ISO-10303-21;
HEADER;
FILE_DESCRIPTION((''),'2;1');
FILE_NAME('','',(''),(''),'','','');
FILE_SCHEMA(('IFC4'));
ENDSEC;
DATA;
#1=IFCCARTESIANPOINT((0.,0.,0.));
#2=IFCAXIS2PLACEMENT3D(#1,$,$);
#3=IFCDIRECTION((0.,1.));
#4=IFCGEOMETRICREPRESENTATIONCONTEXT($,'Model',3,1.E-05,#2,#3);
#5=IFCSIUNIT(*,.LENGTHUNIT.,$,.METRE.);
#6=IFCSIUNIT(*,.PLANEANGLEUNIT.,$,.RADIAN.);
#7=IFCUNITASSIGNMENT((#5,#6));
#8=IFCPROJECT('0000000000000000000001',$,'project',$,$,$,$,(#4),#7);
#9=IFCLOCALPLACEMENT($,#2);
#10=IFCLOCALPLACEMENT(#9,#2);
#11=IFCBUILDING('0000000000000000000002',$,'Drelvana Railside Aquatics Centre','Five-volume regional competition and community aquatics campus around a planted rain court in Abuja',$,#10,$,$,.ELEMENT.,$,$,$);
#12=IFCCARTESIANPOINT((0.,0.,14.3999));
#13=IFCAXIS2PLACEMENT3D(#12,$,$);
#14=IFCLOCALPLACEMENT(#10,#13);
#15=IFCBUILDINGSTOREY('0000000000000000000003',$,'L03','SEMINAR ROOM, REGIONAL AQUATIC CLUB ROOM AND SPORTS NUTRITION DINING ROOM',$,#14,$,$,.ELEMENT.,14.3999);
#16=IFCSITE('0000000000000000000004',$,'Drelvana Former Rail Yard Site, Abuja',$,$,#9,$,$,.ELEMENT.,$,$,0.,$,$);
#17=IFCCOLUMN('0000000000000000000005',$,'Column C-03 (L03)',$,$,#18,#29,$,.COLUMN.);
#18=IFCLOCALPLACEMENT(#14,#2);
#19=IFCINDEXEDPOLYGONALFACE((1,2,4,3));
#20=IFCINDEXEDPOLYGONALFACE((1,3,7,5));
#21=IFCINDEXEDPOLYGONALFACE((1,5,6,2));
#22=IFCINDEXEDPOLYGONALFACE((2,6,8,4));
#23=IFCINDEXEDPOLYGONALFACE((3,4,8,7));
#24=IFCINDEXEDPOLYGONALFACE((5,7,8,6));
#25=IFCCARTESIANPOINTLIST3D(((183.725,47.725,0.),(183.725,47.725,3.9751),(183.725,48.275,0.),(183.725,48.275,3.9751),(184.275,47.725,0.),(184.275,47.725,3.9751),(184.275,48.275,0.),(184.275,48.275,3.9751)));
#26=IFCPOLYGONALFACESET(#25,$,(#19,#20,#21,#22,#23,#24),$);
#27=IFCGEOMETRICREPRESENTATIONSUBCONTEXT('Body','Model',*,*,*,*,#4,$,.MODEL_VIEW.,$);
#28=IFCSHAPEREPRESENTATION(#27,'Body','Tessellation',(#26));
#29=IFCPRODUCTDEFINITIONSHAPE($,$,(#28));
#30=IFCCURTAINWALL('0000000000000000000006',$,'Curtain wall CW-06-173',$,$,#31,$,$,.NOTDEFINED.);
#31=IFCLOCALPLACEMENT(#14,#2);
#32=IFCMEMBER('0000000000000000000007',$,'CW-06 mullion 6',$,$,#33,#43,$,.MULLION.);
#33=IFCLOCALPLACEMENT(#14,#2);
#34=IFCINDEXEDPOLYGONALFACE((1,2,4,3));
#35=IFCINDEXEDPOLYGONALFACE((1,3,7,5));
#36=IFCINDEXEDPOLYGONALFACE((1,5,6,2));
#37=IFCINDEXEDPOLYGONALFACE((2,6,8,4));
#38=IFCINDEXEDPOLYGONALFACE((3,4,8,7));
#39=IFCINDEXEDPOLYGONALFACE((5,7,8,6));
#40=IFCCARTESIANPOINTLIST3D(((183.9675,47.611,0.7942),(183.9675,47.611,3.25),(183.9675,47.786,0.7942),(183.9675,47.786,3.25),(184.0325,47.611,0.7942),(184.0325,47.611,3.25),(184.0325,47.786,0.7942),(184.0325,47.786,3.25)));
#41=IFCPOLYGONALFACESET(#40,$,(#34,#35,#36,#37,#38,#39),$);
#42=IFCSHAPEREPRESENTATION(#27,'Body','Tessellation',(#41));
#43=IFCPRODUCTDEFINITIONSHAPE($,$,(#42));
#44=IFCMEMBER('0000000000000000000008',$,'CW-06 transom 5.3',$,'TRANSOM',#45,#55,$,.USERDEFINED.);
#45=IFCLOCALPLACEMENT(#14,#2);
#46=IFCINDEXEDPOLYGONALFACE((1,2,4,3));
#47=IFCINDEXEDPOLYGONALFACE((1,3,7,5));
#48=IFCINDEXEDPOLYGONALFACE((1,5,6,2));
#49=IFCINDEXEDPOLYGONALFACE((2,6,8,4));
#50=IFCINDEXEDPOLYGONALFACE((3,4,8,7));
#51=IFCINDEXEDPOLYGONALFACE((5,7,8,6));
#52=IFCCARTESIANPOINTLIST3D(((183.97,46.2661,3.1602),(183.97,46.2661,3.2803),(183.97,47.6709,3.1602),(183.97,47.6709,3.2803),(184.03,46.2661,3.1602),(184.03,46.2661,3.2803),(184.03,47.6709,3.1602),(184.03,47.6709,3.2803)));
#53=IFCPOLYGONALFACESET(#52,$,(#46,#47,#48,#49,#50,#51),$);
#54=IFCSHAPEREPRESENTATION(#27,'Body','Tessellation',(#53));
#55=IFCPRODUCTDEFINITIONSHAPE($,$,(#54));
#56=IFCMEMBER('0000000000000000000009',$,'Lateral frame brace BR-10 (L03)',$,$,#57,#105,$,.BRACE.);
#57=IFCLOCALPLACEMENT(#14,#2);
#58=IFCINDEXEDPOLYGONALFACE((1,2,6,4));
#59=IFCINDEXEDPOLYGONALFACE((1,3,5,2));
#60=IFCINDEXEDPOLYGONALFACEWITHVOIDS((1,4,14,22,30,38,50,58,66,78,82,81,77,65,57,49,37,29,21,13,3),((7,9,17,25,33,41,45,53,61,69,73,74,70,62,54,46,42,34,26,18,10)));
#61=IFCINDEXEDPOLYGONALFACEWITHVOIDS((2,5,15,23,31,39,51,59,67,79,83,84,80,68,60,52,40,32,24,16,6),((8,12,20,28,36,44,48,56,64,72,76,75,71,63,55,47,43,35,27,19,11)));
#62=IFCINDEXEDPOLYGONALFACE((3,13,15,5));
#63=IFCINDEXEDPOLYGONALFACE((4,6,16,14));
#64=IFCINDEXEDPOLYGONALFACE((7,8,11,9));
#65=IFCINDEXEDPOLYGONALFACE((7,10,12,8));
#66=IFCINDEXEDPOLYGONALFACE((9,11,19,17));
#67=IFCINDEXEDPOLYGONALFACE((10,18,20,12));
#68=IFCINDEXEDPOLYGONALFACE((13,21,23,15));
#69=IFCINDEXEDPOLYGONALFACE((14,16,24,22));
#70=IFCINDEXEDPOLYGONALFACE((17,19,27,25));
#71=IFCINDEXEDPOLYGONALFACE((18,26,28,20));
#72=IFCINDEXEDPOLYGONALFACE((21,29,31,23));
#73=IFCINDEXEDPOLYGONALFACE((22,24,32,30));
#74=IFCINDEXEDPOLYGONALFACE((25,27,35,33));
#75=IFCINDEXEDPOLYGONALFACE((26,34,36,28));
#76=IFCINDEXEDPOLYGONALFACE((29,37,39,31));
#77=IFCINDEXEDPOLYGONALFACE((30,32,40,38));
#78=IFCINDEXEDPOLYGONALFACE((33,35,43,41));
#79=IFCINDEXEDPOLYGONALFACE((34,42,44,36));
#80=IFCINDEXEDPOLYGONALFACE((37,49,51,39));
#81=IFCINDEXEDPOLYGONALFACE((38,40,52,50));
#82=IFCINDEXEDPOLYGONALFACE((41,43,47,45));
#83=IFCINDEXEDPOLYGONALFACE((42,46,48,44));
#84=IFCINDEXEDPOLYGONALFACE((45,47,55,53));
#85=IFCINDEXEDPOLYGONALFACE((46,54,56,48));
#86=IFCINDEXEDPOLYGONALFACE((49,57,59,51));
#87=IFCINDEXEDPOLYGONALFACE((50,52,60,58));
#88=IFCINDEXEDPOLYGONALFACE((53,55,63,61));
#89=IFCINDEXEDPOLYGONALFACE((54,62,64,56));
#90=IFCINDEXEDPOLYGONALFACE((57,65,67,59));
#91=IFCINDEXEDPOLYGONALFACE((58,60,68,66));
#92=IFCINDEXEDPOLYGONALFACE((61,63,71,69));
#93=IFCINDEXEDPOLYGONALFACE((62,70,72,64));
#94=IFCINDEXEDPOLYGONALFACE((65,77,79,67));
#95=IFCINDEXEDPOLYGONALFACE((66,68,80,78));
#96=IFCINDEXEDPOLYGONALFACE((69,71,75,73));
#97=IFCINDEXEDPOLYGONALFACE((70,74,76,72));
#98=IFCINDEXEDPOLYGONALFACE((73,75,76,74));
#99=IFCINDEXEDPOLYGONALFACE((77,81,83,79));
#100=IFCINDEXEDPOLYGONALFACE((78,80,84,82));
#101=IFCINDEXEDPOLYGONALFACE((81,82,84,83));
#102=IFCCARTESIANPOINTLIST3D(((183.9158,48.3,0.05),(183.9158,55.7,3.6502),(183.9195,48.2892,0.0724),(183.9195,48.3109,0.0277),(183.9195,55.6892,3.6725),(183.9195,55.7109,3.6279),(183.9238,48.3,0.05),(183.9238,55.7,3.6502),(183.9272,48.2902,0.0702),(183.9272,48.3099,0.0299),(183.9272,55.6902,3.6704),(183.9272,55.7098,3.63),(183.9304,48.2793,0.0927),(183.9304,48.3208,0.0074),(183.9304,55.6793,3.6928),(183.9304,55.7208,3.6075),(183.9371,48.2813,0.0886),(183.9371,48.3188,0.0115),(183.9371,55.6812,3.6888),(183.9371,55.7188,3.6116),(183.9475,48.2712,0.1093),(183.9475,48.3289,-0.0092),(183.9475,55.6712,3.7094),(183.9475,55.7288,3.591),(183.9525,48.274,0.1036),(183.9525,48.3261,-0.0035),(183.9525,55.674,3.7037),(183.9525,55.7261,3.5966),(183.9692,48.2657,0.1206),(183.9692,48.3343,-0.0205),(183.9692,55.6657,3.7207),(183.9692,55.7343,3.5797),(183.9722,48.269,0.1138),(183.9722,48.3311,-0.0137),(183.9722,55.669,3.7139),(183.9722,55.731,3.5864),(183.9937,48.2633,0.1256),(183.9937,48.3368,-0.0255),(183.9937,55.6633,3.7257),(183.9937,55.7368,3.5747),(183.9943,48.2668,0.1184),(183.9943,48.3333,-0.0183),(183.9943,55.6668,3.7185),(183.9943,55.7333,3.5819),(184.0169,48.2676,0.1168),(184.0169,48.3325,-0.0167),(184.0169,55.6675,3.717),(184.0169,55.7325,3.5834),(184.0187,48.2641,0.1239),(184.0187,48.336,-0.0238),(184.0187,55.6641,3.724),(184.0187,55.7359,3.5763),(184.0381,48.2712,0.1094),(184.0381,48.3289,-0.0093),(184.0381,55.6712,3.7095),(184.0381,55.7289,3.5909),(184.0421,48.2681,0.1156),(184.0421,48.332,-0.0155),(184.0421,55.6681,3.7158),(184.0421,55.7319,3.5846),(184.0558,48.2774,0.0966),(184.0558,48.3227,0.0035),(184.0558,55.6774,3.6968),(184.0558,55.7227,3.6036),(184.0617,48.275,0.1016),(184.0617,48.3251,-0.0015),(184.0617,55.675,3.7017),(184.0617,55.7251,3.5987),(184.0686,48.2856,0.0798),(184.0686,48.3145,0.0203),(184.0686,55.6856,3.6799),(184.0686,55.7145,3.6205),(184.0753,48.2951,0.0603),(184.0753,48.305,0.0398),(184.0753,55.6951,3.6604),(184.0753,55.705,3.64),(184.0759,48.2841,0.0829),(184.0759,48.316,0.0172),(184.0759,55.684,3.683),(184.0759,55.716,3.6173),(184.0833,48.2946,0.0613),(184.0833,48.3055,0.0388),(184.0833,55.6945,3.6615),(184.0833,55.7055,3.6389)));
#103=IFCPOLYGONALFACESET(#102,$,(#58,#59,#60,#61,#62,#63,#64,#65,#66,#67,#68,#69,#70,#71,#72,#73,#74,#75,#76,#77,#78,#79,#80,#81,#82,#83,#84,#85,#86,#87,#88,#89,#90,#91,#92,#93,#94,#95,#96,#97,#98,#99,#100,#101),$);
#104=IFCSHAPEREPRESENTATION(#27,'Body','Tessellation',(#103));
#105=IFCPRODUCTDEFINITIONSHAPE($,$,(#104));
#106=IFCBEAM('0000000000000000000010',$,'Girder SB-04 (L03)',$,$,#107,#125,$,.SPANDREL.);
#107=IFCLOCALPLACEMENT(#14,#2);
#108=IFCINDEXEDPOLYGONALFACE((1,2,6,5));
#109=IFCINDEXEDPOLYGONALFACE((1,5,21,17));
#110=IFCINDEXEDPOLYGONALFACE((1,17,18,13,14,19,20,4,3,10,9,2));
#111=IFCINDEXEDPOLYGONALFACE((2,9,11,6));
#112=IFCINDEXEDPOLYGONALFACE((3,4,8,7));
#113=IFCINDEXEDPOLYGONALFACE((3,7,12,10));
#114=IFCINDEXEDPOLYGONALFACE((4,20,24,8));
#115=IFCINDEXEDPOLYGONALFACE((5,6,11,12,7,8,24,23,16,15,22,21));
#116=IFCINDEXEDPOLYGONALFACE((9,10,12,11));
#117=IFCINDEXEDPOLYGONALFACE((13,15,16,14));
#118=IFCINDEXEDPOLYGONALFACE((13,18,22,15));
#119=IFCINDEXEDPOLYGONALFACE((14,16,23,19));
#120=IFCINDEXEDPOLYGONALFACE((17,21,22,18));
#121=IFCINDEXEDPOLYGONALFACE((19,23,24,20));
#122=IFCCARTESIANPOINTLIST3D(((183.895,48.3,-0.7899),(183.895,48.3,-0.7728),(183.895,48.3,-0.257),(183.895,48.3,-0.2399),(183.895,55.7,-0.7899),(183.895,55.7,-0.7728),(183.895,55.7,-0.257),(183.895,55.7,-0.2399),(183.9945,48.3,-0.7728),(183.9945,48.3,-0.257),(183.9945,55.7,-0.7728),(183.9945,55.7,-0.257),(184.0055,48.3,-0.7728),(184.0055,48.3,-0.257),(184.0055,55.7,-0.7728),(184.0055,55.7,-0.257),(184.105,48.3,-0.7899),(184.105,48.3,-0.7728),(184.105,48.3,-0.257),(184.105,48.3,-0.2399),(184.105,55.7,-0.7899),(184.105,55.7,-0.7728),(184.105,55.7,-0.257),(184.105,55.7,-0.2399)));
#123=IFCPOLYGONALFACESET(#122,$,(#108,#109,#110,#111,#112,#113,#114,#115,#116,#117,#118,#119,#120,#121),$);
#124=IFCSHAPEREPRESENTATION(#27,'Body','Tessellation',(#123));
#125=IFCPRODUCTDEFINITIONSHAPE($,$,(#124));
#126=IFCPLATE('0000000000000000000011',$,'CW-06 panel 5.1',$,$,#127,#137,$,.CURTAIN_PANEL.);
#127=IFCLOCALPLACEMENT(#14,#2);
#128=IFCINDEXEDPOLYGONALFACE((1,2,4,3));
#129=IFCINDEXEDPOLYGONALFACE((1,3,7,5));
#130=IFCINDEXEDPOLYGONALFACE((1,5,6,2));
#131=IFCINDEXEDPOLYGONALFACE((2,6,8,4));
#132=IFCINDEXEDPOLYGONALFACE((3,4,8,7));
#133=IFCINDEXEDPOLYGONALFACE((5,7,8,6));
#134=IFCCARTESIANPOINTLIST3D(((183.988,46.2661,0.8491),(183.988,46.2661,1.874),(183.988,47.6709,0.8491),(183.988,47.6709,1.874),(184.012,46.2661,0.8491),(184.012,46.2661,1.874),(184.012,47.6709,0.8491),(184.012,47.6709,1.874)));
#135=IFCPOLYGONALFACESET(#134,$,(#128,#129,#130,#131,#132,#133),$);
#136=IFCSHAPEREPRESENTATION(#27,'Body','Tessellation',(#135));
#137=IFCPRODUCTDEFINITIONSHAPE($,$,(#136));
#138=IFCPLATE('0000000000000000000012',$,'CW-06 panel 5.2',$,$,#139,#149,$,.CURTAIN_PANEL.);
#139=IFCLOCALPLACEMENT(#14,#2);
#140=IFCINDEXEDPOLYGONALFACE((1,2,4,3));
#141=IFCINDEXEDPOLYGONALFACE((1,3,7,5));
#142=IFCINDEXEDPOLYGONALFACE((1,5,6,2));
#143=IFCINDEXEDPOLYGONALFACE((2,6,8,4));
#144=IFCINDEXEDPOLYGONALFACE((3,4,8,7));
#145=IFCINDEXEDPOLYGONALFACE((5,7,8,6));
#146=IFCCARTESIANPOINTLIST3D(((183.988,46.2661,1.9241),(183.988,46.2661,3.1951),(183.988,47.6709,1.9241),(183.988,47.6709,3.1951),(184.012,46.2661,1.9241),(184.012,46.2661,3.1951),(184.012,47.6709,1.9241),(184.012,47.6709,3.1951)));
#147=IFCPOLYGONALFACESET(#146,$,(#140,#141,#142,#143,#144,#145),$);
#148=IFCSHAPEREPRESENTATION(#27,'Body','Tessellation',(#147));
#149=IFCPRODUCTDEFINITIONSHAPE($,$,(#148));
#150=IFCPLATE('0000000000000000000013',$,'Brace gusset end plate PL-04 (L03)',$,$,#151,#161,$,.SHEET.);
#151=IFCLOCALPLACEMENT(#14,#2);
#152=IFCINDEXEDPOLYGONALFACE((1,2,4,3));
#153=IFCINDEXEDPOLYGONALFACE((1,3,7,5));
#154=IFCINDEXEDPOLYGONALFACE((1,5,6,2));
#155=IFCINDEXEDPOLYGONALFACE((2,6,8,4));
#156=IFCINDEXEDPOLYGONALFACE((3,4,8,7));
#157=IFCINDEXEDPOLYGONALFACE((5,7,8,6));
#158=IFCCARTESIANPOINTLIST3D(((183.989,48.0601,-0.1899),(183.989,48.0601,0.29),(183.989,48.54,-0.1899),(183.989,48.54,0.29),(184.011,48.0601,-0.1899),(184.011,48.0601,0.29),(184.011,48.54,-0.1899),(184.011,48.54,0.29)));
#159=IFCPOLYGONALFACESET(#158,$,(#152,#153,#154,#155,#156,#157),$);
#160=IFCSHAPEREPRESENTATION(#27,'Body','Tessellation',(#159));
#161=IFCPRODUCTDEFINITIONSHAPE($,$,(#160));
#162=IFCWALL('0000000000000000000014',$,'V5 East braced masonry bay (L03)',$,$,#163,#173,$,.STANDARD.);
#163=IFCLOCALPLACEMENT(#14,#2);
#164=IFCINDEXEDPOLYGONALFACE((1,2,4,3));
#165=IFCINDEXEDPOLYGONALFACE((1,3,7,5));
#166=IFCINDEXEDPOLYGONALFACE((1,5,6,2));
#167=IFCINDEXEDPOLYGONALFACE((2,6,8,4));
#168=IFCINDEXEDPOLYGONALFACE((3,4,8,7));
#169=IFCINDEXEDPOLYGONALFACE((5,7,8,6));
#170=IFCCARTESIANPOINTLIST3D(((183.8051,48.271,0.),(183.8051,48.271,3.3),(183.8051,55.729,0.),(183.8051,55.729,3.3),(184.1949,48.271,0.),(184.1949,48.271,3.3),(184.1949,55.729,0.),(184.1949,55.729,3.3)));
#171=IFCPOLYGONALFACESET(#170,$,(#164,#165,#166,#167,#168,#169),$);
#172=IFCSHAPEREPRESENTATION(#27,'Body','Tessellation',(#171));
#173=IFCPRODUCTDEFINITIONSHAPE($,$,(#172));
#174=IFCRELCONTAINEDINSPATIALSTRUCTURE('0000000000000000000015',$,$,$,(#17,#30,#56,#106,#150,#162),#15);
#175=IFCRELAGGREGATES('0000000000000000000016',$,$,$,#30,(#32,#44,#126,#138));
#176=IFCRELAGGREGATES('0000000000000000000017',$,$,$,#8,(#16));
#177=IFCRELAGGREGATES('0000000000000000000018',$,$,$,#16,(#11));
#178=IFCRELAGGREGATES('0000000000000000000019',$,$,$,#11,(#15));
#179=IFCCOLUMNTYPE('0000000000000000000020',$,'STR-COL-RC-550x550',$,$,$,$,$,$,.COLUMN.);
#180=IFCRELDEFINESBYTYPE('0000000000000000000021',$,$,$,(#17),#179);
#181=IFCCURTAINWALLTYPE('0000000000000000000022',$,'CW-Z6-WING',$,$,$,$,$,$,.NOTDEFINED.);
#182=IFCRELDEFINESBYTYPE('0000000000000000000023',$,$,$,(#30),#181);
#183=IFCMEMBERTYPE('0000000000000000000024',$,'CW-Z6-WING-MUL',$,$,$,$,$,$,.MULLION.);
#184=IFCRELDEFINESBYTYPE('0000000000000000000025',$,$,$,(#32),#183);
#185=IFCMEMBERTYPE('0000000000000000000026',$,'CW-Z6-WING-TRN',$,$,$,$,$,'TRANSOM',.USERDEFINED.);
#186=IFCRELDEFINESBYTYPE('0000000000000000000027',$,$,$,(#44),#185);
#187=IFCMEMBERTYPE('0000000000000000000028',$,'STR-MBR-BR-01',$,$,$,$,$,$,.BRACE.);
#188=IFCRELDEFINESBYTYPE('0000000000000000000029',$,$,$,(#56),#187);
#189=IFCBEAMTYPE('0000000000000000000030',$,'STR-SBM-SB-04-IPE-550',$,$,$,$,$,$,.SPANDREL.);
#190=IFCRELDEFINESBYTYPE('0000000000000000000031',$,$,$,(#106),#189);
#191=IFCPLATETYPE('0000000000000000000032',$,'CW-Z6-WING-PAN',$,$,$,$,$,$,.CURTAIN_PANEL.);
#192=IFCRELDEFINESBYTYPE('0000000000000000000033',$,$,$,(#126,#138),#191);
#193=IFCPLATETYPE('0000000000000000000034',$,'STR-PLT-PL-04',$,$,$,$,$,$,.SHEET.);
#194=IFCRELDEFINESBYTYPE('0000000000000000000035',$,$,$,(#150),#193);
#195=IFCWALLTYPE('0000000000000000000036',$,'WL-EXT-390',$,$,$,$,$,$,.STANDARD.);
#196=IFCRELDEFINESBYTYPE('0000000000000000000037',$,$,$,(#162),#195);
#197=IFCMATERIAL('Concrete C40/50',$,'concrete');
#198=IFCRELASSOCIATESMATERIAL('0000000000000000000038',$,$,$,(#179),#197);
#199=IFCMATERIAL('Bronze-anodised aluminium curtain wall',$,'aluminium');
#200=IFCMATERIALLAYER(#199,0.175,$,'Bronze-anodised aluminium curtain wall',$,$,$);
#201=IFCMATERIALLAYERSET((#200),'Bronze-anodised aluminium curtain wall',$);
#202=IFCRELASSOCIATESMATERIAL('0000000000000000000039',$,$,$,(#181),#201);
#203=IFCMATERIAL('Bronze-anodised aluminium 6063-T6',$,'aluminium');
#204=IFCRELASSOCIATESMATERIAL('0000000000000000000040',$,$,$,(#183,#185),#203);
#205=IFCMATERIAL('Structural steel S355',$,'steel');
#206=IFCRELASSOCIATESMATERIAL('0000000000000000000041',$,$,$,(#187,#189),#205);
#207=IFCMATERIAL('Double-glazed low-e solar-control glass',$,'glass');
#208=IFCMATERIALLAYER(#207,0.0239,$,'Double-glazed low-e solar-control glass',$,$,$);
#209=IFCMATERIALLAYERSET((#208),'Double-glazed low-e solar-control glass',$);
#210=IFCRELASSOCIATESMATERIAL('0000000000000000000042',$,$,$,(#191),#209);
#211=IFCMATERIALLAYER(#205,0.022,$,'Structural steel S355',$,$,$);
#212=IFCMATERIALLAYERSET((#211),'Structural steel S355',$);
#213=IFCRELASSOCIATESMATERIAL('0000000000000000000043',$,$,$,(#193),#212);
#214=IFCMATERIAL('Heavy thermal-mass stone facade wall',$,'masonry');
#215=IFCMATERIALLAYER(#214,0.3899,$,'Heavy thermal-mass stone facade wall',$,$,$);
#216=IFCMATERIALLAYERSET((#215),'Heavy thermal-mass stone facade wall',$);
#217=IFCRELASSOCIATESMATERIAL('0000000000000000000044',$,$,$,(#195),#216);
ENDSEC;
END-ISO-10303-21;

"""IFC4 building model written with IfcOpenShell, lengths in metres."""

from ifc_helpers import new_model, si_unit, direction, frame, frame_2d, origin, origin_2d, place, context, subcontext, project, spatial, rectangle, hollow_circle, i_section, extrude, material, layer, layer_set, material_profile, profile_set, type_object, element, aggregate, save


model = new_model("IFC4")

# Units and contexts
model_context = context("Model", 3, precision=1e-05, world=origin(), true_north=direction((0.0, 1.0)))
body_context = subcontext(model_context, "Body", "Model", "MODEL_VIEW")
ifc_project = project(units=[si_unit("LENGTHUNIT", "METRE"), si_unit("PLANEANGLEUNIT", "RADIAN")], contexts=[model_context])

# Site, building, storey
site_placement = place(None, origin())
site = spatial("IfcSite", under=ifc_project, at=site_placement, Name="Drelvana Former Rail Yard Site, Abuja", CompositionType="ELEMENT", RefElevation=0.0)
building_placement = place(site_placement, origin())
building = spatial("IfcBuilding", under=site, at=building_placement, Name="Drelvana Railside Aquatics Centre", Description="Five-volume regional competition and community aquatics campus around a planted rain court in Abuja", CompositionType="ELEMENT")
storey_placement = place(building_placement, frame((0.0, 0.0, 14.3999)))
storey = spatial("IfcBuildingStorey", under=building, at=storey_placement, Name="L03", Description="SEMINAR ROOM, REGIONAL AQUATIC CLUB ROOM AND SPORTS NUTRITION DINING ROOM", CompositionType="ELEMENT", Elevation=14.3999)

# Column
ifc_material_1 = material(Name="Concrete C40/50", Category="concrete")
ifc_material_profile_1 = material_profile(ifc_material_1, rectangle(XDim=0.55, YDim=0.55, at=origin_2d()), Name="RC 550x550")
ifc_profile_set_1 = profile_set([ifc_material_profile_1], Name="Concrete C40/50")
column_type = type_object("IfcColumnType", Name="STR-COL-RC-550x550", PredefinedType="COLUMN", material=ifc_profile_set_1)
column_placement = place(storey_placement, frame((184.0, 48.0, 0.0), z_axis=(0.0, 0.0, 1.0), x_axis=(1.0, 0.0, 0.0)))
element("IfcColumn", 1, at=column_placement, inside=storey, type_object=column_type, Name="Column C-03 (L03)", PredefinedType="COLUMN", context=body_context, shape_type="SweptSolid", body=[
    extrude(rectangle(XDim=0.55, YDim=0.55, at=origin_2d()), origin(), (0.0, 0.0, 1.0), 3.9751),
])

# Curtain wall, members
ifc_material_2 = material(Name="Bronze-anodised aluminium curtain wall", Category="aluminium")
ifc_layer_1 = layer(ifc_material_2, 0.175, Name="Bronze-anodised aluminium curtain wall")
ifc_layer_set_1 = layer_set([ifc_layer_1], Name="Bronze-anodised aluminium curtain wall")
curtain_wall_type = type_object("IfcCurtainWallType", Name="CW-Z6-WING", PredefinedType="NOTDEFINED", material=ifc_layer_set_1)
curtain_wall_placement = place(storey_placement, origin())
curtain_wall = element("IfcCurtainWall", 2, at=curtain_wall_placement, inside=storey, type_object=curtain_wall_type, Name="Curtain wall CW-06-173", PredefinedType="NOTDEFINED")
ifc_material_3 = material(Name="Bronze-anodised aluminium 6063-T6", Category="aluminium")
ifc_material_profile_2 = material_profile(ifc_material_3, rectangle(XDim=0.0649, YDim=0.175, at=origin_2d()), Name="ALU-M 65x175")
ifc_profile_set_2 = profile_set([ifc_material_profile_2], Name="Bronze-anodised aluminium 6063-T6")
member_type_1 = type_object("IfcMemberType", Name="CW-Z6-WING-MUL", PredefinedType="MULLION", material=ifc_profile_set_2)
member_1_placement = place(storey_placement, frame((184.0, 47.6985, 0.7942), z_axis=(0.0, 0.0, 1.0), x_axis=(-1.0, 0.0, 0.0)))
member_1 = element("IfcMember", 3, at=member_1_placement, type_object=member_type_1, Name="CW-06 mullion 6", PredefinedType="MULLION", context=body_context, shape_type="SweptSolid", body=[
    extrude(rectangle(XDim=0.0649, YDim=0.175, at=origin_2d()), origin(), (0.0, 0.0, 1.0), 2.4558),
])
ifc_material_profile_3 = material_profile(ifc_material_3, rectangle(XDim=0.1201, YDim=0.0601, at=origin_2d()), Name="ALU-T 60x120")
ifc_profile_set_3 = profile_set([ifc_material_profile_3], Name="Bronze-anodised aluminium 6063-T6")
member_type_2 = type_object("IfcMemberType", Name="CW-Z6-WING-TRN", ElementType="TRANSOM", PredefinedType="USERDEFINED", material=ifc_profile_set_3)
member_2_placement = place(storey_placement, frame((184.0, 46.2661, 3.2202), z_axis=(0.0, 1.0, 0.0), x_axis=(0.0, 0.0, 1.0)))
member_2 = element("IfcMember", 4, at=member_2_placement, type_object=member_type_2, Name="CW-06 transom 5.3", ObjectType="TRANSOM", PredefinedType="USERDEFINED", context=body_context, shape_type="SweptSolid", body=[
    extrude(rectangle(XDim=0.1201, YDim=0.0601, at=origin_2d()), origin(), (0.0, 0.0, 1.0), 1.4048),
])

# Member
ifc_material_4 = material(Name="Structural steel S355", Category="steel")
ifc_material_profile_4 = material_profile(ifc_material_4, hollow_circle(Radius=0.0842, WallThickness=0.0081, at=origin_2d()), Name="CHS 168.3x8")
ifc_profile_set_4 = profile_set([ifc_material_profile_4], Name="Structural steel S355")
member_type_3 = type_object("IfcMemberType", Name="STR-MBR-BR-01", PredefinedType="BRACE", material=ifc_profile_set_4)
member_3_placement = place(storey_placement, frame((184.0, 48.3, 0.05), z_axis=(0.0, 0.899228, 0.43748), x_axis=(-1.0, 0.0, 0.0)))
element("IfcMember", 5, at=member_3_placement, inside=storey, type_object=member_type_3, Name="Lateral frame brace BR-10 (L03)", PredefinedType="BRACE", context=body_context, shape_type="SweptSolid", body=[
    extrude(hollow_circle(Radius=0.0842, WallThickness=0.0081, at=origin_2d()), origin(), (0.0, 0.0, 1.0), 8.2292),
])

# Beam
ifc_material_profile_5 = material_profile(ifc_material_4, i_section(OverallWidth=0.21, OverallDepth=0.55, WebThickness=0.011, FlangeThickness=0.0171, at=origin_2d()), Name="IPE 550")
ifc_profile_set_5 = profile_set([ifc_material_profile_5], Name="Structural steel S355")
beam_type = type_object("IfcBeamType", Name="STR-SBM-SB-04-IPE-550", PredefinedType="SPANDREL", material=ifc_profile_set_5)
beam_placement = place(storey_placement, frame((184.0, 48.3, -0.5149), z_axis=(0.0, 1.0, 0.0), x_axis=(-1.0, 0.0, 0.0)))
element("IfcBeam", 6, at=beam_placement, inside=storey, type_object=beam_type, Name="Girder SB-04 (L03)", PredefinedType="SPANDREL", context=body_context, shape_type="SweptSolid", body=[
    extrude(i_section(OverallWidth=0.21, OverallDepth=0.55, WebThickness=0.011, FlangeThickness=0.0171, at=origin_2d()), origin(), (0.0, 0.0, 1.0), 7.3999),
])

# Plates
ifc_material_5 = material(Name="Double-glazed low-e solar-control glass", Category="glass")
ifc_layer_2 = layer(ifc_material_5, 0.0239, Name="Double-glazed low-e solar-control glass")
ifc_layer_set_2 = layer_set([ifc_layer_2], Name="Double-glazed low-e solar-control glass")
plate_type_1 = type_object("IfcPlateType", Name="CW-Z6-WING-PAN", PredefinedType="CURTAIN_PANEL", material=ifc_layer_set_2)
plate_1_placement = place(storey_placement, frame((184.0, 46.9685, 0.8491), z_axis=(0.0, 0.0, 1.0), x_axis=(0.0, 1.0, 0.0)))
plate_1 = element("IfcPlate", 7, at=plate_1_placement, type_object=plate_type_1, Name="CW-06 panel 5.1", PredefinedType="CURTAIN_PANEL", context=body_context, shape_type="SweptSolid", body=[
    extrude(rectangle(XDim=1.4048, YDim=0.0239, at=origin_2d()), origin(), (0.0, 0.0, 1.0), 1.0249),
])
plate_2_placement = place(storey_placement, frame((184.0, 46.9685, 1.9241), z_axis=(0.0, 0.0, 1.0), x_axis=(0.0, 1.0, 0.0)))
plate_2 = element("IfcPlate", 8, at=plate_2_placement, type_object=plate_type_1, Name="CW-06 panel 5.2", PredefinedType="CURTAIN_PANEL", context=body_context, shape_type="SweptSolid", body=[
    extrude(rectangle(XDim=1.4048, YDim=0.0239, at=origin_2d()), origin(), (0.0, 0.0, 1.0), 1.271),
])
aggregate(curtain_wall, [member_1, member_2, plate_1, plate_2])
ifc_layer_3 = layer(ifc_material_4, 0.022, Name="Structural steel S355")
ifc_layer_set_3 = layer_set([ifc_layer_3], Name="Structural steel S355")
plate_type_2 = type_object("IfcPlateType", Name="STR-PLT-PL-04", PredefinedType="SHEET", material=ifc_layer_set_3)
plate_3_placement = place(storey_placement, frame((184.0, 48.3, -0.1899), z_axis=(0.0, 0.0, 1.0), x_axis=(1.0, 0.0, 0.0)))
element("IfcPlate", 9, at=plate_3_placement, inside=storey, type_object=plate_type_2, Name="Brace gusset end plate PL-04 (L03)", PredefinedType="SHEET", context=body_context, shape_type="SweptSolid", body=[
    extrude(rectangle(XDim=0.022, YDim=0.48, at=origin_2d()), origin(), (0.0, 0.0, 1.0), 0.48),
])

# Wall
ifc_material_6 = material(Name="Heavy thermal-mass stone facade wall", Category="masonry")
ifc_layer_4 = layer(ifc_material_6, 0.3899, Name="Heavy thermal-mass stone facade wall")
ifc_layer_set_4 = layer_set([ifc_layer_4], Name="Heavy thermal-mass stone facade wall")
wall_type = type_object("IfcWallType", Name="WL-EXT-390", PredefinedType="STANDARD", material=ifc_layer_set_4)
wall_placement = place(storey_placement, frame((184.0, 48.271, 0.0), z_axis=(0.0, 0.0, 1.0), x_axis=(0.0, 1.0, 0.0)))
element("IfcWall", 10, at=wall_placement, inside=storey, type_object=wall_type, Name="V5 East braced masonry bay (L03)", PredefinedType="STANDARD", context=body_context, shape_type="SweptSolid", body=[
    extrude(rectangle(XDim=7.458, YDim=0.3899, at=frame_2d((3.729, 0.0))), origin(), (0.0, 0.0, 1.0), 3.3),
])

save(model, "model.ifc")
